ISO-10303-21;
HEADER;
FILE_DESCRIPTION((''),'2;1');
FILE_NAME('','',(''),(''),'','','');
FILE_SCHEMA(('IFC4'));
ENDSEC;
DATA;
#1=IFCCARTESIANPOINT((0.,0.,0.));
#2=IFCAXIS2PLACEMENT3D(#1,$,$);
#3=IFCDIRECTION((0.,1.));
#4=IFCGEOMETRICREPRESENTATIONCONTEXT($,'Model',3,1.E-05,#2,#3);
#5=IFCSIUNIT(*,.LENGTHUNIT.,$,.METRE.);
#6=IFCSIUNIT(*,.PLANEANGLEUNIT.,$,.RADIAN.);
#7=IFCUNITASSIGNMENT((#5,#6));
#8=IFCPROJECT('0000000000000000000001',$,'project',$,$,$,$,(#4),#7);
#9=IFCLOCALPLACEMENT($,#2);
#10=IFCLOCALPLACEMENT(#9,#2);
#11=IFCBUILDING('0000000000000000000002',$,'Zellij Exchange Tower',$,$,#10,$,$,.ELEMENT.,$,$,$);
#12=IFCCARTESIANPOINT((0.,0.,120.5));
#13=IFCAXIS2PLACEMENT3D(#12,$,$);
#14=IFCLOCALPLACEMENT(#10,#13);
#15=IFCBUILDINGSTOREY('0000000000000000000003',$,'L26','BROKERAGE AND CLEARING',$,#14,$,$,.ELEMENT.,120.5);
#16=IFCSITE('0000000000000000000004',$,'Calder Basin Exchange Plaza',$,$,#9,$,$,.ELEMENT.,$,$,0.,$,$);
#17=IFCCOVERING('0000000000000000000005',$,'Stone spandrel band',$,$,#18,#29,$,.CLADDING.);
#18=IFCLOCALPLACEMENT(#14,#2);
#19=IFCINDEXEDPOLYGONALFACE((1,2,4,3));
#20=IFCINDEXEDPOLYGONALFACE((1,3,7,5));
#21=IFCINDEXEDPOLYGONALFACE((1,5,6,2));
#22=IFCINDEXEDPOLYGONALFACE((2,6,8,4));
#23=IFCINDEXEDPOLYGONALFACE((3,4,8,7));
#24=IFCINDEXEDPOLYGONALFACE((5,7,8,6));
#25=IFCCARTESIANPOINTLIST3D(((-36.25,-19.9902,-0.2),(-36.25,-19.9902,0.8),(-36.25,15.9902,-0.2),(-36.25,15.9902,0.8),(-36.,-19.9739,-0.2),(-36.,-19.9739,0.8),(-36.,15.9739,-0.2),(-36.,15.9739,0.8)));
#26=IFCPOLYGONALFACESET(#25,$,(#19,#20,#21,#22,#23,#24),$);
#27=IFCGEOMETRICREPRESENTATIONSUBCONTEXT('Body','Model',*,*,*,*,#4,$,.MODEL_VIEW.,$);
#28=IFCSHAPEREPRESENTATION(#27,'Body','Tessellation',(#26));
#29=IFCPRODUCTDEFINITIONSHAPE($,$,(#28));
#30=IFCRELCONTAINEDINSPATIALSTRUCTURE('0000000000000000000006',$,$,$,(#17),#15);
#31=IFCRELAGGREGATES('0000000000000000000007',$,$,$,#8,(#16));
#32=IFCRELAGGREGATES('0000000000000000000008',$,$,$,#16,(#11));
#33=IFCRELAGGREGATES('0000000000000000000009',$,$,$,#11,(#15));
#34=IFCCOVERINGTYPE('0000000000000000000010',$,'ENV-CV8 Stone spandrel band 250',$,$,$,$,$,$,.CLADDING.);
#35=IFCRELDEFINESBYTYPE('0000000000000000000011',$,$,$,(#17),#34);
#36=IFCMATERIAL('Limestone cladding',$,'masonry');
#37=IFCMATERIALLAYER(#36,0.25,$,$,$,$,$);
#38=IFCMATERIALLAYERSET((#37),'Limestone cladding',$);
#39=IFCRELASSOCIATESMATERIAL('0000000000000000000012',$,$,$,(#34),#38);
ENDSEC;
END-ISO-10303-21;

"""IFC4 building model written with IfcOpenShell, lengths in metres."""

from ifc_helpers import new_model, si_unit, direction, frame, origin, place, context, subcontext, project, spatial, polyline, outline, extrude, material, layer, layer_set, type_object, element, save


model = new_model("IFC4")

# Units and contexts
model_context = context("Model", 3, precision=1e-05, world=origin(), true_north=direction((0.0, 1.0)))
body_context = subcontext(model_context, "Body", "Model", "MODEL_VIEW")
ifc_project = project(units=[si_unit("LENGTHUNIT", "METRE"), si_unit("PLANEANGLEUNIT", "RADIAN")], contexts=[model_context])

# Site, building, storey
site_placement = place(None, origin())
site = spatial("IfcSite", under=ifc_project, at=site_placement, Name="Calder Basin Exchange Plaza", CompositionType="ELEMENT", RefElevation=0.0)
building_placement = place(site_placement, origin())
building = spatial("IfcBuilding", under=site, at=building_placement, Name="Zellij Exchange Tower", CompositionType="ELEMENT")
storey_placement = place(building_placement, frame((0.0, 0.0, 120.5)))
storey = spatial("IfcBuildingStorey", under=building, at=storey_placement, Name="L26", Description="BROKERAGE AND CLEARING", CompositionType="ELEMENT", Elevation=120.5)

# Covering
ifc_material_1 = material(Name="Limestone cladding", Category="masonry")
ifc_layer_1 = layer(ifc_material_1, 0.25)
ifc_layer_set_1 = layer_set([ifc_layer_1], Name="Limestone cladding")
covering_type_1 = type_object("IfcCoveringType", Name="ENV-CV8 Stone spandrel band 250", PredefinedType="CLADDING", material=ifc_layer_set_1)
covering_1_placement = place(storey_placement, frame((0.0, 0.0, -0.2)))
element("IfcCovering", 1, at=covering_1_placement, inside=storey, type_object=covering_type_1, Name="Stone spandrel band", PredefinedType="CLADDING", context=body_context, shape_type="SweptSolid", body=[
    extrude(outline(polyline([(-36.0, 15.9739), (-36.0, -19.9739), (-36.25, -19.9902), (-36.25, 15.9902), (-36.0, 15.9739)])), origin(), (0.0, 0.0, 1.0), 1.0),
])

save(model, "model.ifc")
